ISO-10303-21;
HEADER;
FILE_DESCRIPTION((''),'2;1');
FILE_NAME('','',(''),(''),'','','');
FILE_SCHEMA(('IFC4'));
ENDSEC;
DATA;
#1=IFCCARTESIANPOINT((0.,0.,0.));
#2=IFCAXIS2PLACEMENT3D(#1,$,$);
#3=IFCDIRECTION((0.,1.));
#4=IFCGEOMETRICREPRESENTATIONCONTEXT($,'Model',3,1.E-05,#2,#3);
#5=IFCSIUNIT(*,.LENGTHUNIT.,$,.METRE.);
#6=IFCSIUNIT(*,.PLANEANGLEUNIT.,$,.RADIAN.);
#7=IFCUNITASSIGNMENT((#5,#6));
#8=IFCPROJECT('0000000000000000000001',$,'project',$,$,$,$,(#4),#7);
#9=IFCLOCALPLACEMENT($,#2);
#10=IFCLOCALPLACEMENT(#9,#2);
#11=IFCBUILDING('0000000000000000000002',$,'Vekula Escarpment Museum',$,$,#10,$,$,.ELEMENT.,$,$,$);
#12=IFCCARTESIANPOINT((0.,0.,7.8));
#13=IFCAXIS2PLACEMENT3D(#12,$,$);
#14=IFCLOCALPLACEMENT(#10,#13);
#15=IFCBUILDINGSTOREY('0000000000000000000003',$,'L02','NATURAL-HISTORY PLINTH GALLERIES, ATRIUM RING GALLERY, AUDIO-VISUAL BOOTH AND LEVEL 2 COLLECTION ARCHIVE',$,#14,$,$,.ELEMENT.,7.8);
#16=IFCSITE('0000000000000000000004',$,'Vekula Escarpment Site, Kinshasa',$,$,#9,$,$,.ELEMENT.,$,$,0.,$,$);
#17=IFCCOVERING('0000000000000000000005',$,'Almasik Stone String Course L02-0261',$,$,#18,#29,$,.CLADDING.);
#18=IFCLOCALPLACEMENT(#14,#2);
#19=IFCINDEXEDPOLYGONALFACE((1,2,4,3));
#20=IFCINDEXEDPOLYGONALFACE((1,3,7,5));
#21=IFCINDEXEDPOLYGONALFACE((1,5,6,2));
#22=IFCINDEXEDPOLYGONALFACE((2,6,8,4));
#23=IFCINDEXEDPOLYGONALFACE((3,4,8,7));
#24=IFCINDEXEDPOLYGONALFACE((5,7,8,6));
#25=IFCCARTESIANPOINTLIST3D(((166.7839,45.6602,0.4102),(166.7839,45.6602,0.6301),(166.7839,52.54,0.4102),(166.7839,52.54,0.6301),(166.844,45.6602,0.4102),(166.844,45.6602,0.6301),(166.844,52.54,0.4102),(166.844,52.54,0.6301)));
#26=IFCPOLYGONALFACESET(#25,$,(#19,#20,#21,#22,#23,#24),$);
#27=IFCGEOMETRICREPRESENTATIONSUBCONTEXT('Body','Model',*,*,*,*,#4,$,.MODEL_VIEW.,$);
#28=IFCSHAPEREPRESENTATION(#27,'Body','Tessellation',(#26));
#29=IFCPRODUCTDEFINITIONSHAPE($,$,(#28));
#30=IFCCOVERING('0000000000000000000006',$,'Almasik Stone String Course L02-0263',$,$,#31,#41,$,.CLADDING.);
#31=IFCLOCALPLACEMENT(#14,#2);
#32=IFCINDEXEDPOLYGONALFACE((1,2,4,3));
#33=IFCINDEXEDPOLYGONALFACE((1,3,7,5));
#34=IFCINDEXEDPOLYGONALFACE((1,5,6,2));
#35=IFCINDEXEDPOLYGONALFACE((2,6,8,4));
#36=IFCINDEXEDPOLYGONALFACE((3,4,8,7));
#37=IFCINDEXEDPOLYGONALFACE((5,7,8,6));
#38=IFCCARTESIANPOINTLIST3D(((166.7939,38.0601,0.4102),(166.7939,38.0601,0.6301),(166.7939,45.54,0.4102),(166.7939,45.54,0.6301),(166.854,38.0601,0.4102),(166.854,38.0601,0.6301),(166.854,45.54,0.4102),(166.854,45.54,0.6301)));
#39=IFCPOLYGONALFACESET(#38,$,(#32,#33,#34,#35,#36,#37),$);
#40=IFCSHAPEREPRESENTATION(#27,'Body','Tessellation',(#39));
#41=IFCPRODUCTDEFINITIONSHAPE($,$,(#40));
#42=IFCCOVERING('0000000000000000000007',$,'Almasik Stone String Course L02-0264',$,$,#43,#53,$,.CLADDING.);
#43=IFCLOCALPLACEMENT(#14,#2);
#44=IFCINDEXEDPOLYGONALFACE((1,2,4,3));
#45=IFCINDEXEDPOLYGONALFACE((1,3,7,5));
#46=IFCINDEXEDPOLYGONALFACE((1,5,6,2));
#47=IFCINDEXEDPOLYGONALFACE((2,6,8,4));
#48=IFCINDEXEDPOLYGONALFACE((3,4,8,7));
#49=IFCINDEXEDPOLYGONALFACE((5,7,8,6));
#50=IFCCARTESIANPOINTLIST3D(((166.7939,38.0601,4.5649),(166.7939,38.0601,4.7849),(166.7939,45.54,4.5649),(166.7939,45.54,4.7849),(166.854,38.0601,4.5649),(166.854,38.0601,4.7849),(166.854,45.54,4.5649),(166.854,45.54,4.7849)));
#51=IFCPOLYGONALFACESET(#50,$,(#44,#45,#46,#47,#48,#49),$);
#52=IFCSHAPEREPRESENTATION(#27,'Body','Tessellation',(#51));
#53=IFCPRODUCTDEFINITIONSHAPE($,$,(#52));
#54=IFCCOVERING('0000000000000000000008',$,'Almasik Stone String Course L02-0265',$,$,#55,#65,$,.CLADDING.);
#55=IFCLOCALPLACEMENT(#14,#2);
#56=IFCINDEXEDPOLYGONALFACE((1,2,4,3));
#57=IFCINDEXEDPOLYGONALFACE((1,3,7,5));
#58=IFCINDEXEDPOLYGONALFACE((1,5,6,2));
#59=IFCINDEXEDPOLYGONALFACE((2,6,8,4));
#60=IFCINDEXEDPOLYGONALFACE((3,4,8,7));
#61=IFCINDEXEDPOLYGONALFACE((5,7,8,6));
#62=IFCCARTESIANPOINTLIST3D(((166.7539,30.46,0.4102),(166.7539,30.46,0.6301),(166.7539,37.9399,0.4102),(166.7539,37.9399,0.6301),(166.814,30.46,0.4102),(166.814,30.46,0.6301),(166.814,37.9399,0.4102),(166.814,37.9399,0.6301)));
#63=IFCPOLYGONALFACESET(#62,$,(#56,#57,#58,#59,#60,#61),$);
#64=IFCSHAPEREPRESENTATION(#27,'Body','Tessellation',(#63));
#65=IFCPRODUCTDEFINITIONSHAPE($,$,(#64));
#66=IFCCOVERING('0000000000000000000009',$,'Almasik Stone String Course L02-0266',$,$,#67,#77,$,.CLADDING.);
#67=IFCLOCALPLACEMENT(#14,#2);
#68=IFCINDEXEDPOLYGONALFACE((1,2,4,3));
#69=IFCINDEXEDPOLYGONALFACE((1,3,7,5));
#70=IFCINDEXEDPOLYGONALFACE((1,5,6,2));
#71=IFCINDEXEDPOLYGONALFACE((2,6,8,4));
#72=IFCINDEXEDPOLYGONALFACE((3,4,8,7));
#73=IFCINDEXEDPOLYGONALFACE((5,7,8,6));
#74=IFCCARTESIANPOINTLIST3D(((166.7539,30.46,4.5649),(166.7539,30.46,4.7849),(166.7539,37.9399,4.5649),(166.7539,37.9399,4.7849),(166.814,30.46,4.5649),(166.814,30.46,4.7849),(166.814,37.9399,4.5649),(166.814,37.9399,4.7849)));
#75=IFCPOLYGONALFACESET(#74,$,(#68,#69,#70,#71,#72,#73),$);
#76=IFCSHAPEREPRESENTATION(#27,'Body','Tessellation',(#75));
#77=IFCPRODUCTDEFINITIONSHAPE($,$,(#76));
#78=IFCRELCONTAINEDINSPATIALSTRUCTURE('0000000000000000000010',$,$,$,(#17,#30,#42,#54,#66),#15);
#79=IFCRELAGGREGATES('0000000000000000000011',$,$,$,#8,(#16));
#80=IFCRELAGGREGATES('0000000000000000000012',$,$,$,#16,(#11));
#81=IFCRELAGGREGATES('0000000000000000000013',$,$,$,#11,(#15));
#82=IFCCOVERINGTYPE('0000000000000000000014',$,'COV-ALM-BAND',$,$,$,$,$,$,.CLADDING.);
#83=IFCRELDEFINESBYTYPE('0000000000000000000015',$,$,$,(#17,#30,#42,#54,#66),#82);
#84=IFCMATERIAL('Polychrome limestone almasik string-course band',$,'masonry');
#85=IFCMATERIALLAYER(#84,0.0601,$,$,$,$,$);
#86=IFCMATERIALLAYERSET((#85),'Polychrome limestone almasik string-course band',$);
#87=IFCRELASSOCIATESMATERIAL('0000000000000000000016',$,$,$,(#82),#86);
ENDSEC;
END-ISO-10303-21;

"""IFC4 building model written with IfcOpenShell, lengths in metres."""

from ifc_helpers import new_model, si_unit, direction, frame, origin, origin_2d, place, context, subcontext, project, spatial, rectangle, extrude, material, layer, layer_set, type_object, element, save


model = new_model("IFC4")

# Units and contexts
model_context = context("Model", 3, precision=1e-05, world=origin(), true_north=direction((0.0, 1.0)))
body_context = subcontext(model_context, "Body", "Model", "MODEL_VIEW")
ifc_project = project(units=[si_unit("LENGTHUNIT", "METRE"), si_unit("PLANEANGLEUNIT", "RADIAN")], contexts=[model_context])

# Site, building, storey
site_placement = place(None, origin())
site = spatial("IfcSite", under=ifc_project, at=site_placement, Name="Vekula Escarpment Site, Kinshasa", CompositionType="ELEMENT", RefElevation=0.0)
building_placement = place(site_placement, origin())
building = spatial("IfcBuilding", under=site, at=building_placement, Name="Vekula Escarpment Museum", CompositionType="ELEMENT")
storey_placement = place(building_placement, frame((0.0, 0.0, 7.8)))
storey = spatial("IfcBuildingStorey", under=building, at=storey_placement, Name="L02", Description="NATURAL-HISTORY PLINTH GALLERIES, ATRIUM RING GALLERY, AUDIO-VISUAL BOOTH AND LEVEL 2 COLLECTION ARCHIVE", CompositionType="ELEMENT", Elevation=7.8)

# Coverings
ifc_material_1 = material(Name="Polychrome limestone almasik string-course band", Category="masonry")
ifc_layer_1 = layer(ifc_material_1, 0.0601)
ifc_layer_set_1 = layer_set([ifc_layer_1], Name="Polychrome limestone almasik string-course band")
covering_type = type_object("IfcCoveringType", Name="COV-ALM-BAND", PredefinedType="CLADDING", material=ifc_layer_set_1)
covering_placement = place(storey_placement, frame((166.814, 49.1001, 0.4102), z_axis=(0.0, 0.0, 1.0), x_axis=(0.0, 1.0, 0.0)))
element("IfcCovering", 1, at=covering_placement, inside=storey, type_object=covering_type, Name="Almasik Stone String Course L02-0261", PredefinedType="CLADDING", context=body_context, shape_type="SweptSolid", body=[
    extrude(rectangle(XDim=6.8799, YDim=0.0601, at=origin_2d()), origin(), (0.0, 0.0, 1.0), 0.22),
])
for number, where, z_axis, x_axis, name in (
    (2, (166.824, 41.8, 0.4102), (0.0, 0.0, 1.0), (0.0, 1.0, 0.0), "Almasik Stone String Course L02-0263"),
    (3, (166.824, 41.8, 4.5649), (0.0, 0.0, 1.0), (0.0, 1.0, 0.0), "Almasik Stone String Course L02-0264"),
    (4, (166.7839, 34.2, 0.4102), (0.0, 0.0, 1.0), (0.0, 1.0, 0.0), "Almasik Stone String Course L02-0265"),
    (5, (166.7839, 34.2, 4.5649), (0.0, 0.0, 1.0), (0.0, 1.0, 0.0), "Almasik Stone String Course L02-0266"),
):
    element("IfcCovering", number, at=place(storey_placement, frame(where, z_axis=z_axis, x_axis=x_axis)), inside=storey, type_object=covering_type, Name=name, PredefinedType="CLADDING", context=body_context, shape_type="SweptSolid", body=[
        extrude(rectangle(XDim=7.48, YDim=0.0601, at=origin_2d()), origin(), (0.0, 0.0, 1.0), 0.22),
    ])

save(model, "model.ifc")
